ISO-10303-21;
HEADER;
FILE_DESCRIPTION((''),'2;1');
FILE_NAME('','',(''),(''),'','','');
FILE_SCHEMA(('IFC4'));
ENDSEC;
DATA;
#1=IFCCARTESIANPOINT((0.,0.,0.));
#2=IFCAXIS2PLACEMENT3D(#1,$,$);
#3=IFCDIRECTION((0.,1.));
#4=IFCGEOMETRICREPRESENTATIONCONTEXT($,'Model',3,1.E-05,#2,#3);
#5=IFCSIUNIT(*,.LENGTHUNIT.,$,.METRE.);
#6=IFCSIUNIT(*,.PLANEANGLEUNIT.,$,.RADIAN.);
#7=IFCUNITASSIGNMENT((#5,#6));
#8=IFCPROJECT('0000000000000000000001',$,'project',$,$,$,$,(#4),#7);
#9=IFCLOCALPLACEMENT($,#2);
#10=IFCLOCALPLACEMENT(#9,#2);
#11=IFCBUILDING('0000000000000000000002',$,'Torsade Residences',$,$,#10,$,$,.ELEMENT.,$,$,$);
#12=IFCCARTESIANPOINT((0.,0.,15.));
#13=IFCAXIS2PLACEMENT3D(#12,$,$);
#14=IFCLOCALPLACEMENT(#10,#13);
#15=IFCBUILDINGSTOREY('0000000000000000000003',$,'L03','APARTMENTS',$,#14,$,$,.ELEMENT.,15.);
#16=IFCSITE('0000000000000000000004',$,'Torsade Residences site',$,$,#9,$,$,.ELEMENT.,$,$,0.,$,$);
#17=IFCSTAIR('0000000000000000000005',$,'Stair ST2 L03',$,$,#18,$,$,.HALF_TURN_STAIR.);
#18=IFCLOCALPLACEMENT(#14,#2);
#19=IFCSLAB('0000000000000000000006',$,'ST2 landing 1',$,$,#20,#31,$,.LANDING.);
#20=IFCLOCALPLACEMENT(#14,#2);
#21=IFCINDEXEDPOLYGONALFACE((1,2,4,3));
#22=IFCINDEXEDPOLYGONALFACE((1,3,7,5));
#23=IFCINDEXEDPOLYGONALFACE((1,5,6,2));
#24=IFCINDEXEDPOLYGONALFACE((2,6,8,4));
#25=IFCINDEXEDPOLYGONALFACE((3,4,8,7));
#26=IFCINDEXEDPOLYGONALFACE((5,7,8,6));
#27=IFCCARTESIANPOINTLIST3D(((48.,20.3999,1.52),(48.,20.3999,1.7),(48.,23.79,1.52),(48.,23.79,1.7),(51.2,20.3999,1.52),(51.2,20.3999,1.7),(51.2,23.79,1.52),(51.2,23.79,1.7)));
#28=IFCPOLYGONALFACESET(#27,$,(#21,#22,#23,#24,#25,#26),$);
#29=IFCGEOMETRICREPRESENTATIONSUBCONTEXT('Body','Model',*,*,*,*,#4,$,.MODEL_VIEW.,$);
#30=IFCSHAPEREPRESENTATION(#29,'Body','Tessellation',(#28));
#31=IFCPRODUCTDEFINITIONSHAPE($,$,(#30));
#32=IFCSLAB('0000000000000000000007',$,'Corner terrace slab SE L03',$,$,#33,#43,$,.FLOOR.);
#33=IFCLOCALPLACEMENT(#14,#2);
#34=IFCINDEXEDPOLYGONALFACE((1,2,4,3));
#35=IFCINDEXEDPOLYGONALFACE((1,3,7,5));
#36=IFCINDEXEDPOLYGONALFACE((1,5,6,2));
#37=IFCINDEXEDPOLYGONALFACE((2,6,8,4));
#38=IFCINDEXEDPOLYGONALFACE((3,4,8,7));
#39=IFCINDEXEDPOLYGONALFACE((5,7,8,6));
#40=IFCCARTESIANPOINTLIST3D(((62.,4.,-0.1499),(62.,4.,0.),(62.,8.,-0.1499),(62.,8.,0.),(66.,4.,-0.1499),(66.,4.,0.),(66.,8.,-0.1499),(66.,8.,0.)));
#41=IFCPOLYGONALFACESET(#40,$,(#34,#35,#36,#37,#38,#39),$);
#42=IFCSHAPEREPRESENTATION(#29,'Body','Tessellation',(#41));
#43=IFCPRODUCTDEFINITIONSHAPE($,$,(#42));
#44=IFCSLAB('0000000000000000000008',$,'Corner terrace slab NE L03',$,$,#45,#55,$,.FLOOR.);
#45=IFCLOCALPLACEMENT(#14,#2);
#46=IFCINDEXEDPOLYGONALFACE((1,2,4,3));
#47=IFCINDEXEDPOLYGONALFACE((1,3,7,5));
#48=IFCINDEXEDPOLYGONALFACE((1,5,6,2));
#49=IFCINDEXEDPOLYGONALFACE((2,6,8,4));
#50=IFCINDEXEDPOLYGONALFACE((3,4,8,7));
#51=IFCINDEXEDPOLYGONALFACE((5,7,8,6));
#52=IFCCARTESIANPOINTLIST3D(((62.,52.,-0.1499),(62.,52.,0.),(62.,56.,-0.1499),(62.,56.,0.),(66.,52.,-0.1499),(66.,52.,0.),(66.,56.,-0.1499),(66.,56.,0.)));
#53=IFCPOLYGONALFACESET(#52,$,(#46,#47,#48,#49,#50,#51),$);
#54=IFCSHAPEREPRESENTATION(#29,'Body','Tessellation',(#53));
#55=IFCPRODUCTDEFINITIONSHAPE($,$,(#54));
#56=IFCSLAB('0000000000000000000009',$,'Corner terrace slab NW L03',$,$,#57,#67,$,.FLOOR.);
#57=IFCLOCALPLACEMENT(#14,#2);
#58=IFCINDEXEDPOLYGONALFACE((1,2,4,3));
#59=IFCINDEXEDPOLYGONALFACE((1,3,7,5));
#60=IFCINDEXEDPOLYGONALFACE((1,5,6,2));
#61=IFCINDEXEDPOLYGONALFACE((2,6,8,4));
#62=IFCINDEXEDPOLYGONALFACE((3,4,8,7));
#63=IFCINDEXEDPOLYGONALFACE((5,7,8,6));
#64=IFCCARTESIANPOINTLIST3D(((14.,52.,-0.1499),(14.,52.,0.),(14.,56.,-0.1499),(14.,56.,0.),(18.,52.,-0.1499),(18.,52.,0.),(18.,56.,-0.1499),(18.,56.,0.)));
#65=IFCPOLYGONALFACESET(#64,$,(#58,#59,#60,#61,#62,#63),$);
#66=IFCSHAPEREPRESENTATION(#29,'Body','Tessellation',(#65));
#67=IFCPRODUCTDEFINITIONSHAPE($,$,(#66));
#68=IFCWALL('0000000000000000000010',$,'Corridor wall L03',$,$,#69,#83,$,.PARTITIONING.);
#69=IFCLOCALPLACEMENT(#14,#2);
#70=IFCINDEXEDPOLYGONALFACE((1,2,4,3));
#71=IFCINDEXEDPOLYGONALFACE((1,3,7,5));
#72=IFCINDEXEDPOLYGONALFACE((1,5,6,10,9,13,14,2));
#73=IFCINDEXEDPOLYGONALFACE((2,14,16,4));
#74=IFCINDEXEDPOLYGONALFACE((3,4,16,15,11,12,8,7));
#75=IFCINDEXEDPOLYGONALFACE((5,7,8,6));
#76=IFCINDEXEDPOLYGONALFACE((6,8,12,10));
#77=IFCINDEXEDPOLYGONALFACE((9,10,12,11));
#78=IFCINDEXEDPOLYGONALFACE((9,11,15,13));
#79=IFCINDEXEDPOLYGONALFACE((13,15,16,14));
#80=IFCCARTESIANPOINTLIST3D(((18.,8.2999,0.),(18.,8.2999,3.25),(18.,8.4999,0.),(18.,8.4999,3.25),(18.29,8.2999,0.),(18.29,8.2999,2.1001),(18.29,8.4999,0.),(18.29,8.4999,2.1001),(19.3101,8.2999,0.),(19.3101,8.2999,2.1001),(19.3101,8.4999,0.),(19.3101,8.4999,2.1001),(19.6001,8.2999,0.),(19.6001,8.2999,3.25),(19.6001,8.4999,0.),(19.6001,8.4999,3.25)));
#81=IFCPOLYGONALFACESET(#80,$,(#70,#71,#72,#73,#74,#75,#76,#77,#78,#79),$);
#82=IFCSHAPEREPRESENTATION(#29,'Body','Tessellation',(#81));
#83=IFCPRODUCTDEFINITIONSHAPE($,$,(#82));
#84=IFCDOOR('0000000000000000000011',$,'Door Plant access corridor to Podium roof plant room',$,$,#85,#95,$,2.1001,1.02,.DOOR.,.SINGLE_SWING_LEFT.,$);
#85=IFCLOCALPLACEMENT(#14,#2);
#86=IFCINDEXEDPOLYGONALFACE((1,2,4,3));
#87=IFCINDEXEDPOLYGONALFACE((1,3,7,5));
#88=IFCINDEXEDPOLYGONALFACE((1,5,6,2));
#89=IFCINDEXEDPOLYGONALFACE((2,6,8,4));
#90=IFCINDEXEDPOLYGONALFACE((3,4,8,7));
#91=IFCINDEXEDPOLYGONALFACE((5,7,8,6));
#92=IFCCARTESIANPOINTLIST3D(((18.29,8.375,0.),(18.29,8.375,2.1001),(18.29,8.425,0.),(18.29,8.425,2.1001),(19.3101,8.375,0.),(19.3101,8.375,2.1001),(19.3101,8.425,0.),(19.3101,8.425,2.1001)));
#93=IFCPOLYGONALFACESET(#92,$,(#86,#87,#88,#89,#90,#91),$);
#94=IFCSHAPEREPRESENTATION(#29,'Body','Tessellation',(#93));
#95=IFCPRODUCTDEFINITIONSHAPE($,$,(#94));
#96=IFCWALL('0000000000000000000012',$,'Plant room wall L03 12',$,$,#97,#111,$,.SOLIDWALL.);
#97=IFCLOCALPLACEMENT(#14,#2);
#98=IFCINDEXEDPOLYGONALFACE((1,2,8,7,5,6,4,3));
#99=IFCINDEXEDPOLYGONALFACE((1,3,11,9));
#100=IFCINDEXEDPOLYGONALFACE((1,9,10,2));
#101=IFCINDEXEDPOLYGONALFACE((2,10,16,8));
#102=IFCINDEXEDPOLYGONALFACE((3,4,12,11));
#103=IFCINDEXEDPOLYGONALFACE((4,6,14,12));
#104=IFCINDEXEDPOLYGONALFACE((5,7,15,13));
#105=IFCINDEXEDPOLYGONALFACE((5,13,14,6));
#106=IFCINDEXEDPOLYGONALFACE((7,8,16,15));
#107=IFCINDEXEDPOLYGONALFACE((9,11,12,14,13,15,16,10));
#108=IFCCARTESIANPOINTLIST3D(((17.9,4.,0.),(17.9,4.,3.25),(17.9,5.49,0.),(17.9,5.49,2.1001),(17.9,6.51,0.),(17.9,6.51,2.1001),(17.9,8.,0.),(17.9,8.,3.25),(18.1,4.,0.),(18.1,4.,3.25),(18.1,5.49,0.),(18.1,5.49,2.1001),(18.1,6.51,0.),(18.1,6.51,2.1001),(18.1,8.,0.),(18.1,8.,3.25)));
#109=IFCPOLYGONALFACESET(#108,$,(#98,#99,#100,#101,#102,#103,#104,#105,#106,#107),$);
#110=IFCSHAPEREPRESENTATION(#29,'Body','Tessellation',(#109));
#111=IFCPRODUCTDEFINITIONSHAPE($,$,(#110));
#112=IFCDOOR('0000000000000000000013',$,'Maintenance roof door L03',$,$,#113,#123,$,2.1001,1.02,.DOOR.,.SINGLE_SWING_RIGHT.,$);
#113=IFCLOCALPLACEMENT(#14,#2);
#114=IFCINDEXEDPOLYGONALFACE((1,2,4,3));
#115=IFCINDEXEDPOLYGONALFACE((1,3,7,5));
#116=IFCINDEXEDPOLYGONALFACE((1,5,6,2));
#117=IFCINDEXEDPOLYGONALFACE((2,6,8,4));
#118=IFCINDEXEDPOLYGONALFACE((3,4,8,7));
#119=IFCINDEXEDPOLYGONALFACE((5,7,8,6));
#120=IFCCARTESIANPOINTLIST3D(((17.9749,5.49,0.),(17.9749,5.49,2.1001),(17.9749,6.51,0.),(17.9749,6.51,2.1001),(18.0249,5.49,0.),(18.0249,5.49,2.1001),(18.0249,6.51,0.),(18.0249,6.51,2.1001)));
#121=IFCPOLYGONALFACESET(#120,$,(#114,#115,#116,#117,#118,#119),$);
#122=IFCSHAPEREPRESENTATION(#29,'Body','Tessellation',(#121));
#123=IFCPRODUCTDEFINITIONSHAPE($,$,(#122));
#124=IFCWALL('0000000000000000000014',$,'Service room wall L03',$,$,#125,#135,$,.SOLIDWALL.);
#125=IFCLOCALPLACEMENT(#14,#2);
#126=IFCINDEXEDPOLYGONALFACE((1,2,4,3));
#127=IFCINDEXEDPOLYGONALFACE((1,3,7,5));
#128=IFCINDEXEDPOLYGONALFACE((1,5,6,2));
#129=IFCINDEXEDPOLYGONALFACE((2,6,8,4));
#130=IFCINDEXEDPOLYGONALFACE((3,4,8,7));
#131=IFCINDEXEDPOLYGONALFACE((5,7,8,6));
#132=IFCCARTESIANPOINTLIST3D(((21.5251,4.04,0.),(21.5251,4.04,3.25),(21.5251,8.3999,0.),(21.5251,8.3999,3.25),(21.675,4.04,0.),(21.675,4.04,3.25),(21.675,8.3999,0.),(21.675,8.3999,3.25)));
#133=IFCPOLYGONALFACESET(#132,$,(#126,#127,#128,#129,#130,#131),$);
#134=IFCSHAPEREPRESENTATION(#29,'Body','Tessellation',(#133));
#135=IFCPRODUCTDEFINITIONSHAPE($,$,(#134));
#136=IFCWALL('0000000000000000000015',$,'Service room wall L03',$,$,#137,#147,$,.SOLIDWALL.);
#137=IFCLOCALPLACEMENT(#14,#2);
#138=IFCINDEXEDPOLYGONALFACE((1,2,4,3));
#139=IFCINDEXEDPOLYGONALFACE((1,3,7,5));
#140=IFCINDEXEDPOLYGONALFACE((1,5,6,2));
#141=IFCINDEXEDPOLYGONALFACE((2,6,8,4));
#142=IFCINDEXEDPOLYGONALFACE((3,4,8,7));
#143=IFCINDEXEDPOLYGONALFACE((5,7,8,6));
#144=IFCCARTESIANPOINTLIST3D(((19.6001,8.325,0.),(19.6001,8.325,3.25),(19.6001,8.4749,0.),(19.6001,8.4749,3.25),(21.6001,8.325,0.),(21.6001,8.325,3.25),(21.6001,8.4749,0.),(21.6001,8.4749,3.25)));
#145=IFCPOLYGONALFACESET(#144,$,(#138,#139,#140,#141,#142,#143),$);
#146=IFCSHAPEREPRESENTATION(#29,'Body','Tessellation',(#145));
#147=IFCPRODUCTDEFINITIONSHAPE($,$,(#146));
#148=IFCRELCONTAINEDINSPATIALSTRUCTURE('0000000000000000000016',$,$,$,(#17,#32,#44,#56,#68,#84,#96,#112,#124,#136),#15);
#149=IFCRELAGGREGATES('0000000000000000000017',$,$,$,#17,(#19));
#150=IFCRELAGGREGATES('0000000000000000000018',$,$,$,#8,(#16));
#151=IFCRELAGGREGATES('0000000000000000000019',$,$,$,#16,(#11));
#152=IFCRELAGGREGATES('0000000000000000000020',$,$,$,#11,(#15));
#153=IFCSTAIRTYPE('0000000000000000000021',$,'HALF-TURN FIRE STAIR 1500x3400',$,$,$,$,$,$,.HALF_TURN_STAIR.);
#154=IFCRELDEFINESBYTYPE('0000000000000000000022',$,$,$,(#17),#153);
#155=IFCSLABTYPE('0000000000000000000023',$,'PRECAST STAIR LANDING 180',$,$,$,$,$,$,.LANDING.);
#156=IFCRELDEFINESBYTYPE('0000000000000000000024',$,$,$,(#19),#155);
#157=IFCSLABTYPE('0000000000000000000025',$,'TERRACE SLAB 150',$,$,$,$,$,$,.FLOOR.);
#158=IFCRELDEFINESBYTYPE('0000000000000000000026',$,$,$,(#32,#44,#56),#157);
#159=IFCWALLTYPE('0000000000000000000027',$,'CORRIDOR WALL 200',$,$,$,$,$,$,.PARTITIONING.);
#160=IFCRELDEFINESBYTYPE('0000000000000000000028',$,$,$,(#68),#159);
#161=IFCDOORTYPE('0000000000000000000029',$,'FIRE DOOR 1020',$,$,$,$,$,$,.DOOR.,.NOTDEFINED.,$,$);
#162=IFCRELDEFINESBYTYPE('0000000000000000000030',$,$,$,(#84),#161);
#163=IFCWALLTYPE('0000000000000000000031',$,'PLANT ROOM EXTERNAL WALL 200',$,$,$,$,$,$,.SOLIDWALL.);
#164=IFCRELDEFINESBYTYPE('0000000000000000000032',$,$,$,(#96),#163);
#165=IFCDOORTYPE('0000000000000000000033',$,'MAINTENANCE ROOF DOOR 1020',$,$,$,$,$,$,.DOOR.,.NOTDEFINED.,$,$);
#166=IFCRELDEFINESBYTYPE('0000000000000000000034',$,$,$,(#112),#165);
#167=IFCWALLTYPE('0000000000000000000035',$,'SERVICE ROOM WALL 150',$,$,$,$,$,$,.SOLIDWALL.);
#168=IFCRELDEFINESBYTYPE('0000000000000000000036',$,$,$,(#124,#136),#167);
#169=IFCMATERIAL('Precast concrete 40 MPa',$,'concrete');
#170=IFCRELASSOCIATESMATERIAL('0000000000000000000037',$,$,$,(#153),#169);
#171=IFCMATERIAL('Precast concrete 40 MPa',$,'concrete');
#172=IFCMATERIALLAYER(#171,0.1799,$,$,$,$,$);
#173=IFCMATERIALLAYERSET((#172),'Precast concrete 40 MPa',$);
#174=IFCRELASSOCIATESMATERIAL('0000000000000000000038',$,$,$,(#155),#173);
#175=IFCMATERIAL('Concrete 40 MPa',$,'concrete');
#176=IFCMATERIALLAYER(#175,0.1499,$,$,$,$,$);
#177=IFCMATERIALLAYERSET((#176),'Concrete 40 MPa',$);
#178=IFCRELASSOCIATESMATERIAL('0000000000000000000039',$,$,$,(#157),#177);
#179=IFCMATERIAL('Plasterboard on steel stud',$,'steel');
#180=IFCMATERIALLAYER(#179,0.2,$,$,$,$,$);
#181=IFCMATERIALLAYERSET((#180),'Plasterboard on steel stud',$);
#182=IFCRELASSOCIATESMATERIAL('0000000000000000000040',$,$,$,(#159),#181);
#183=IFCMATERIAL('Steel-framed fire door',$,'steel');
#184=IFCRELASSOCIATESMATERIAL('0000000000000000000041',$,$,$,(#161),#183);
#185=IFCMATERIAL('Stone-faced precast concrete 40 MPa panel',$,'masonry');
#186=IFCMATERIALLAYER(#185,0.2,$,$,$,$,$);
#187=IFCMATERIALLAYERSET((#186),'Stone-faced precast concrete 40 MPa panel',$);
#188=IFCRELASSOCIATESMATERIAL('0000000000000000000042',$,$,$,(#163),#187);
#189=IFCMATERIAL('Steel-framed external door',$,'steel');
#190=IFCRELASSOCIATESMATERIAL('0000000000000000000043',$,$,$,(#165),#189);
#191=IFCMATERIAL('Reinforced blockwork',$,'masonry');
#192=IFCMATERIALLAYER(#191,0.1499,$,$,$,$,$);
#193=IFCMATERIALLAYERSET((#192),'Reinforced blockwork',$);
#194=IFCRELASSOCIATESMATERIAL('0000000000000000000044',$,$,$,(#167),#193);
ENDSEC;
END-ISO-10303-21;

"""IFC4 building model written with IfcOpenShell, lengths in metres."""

from ifc_helpers import new_model, si_unit, direction, frame, frame_2d, origin, place, context, subcontext, project, spatial, polyline, rectangle, outline, extrude, material, layer, layer_set, type_object, element, fill, aggregate, save


model = new_model("IFC4")

# Units and contexts
model_context = context("Model", 3, precision=1e-05, world=origin(), true_north=direction((0.0, 1.0)))
body_context = subcontext(model_context, "Body", "Model", "MODEL_VIEW")
ifc_project = project(units=[si_unit("LENGTHUNIT", "METRE"), si_unit("PLANEANGLEUNIT", "RADIAN")], contexts=[model_context])

# Site, building, storey
site_placement = place(None, origin())
site = spatial("IfcSite", under=ifc_project, at=site_placement, Name="Torsade Residences site", CompositionType="ELEMENT", RefElevation=0.0)
building_placement = place(site_placement, origin())
building = spatial("IfcBuilding", under=site, at=building_placement, Name="Torsade Residences", CompositionType="ELEMENT")
storey_placement = place(building_placement, frame((0.0, 0.0, 15.0)))
storey = spatial("IfcBuildingStorey", under=building, at=storey_placement, Name="L03", Description="APARTMENTS", CompositionType="ELEMENT", Elevation=15.0)

# Stair, slab
ifc_material_1 = material(Name="Precast concrete 40 MPa", Category="concrete")
stair_type = type_object("IfcStairType", Name="HALF-TURN FIRE STAIR 1500x3400", PredefinedType="HALF_TURN_STAIR", material=ifc_material_1)
ifc_material_2 = material(Name="Precast concrete 40 MPa", Category="concrete")
ifc_layer_1 = layer(ifc_material_2, 0.1799)
ifc_layer_set_1 = layer_set([ifc_layer_1], Name="Precast concrete 40 MPa")
slab_type_1 = type_object("IfcSlabType", Name="PRECAST STAIR LANDING 180", PredefinedType="LANDING", material=ifc_layer_set_1)
stair_1_placement = place(storey_placement, origin())
stair_1 = element("IfcStair", 1, at=stair_1_placement, inside=storey, type_object=stair_type, Name="Stair ST2 L03", PredefinedType="HALF_TURN_STAIR")
slab_1_placement = place(storey_placement, frame((0.0, 0.0, 1.52)))
slab_1 = element("IfcSlab", 2, at=slab_1_placement, type_object=slab_type_1, Name="ST2 landing 1", PredefinedType="LANDING", context=body_context, shape_type="SweptSolid", body=[
    extrude(outline(polyline([(48.0, 20.3999), (51.2, 20.3999), (51.2, 23.79), (48.0, 23.79), (48.0, 20.3999)])), origin(), (0.0, 0.0, 1.0), 0.1799),
])
aggregate(stair_1, [slab_1])

# Slabs
ifc_material_3 = material(Name="Concrete 40 MPa", Category="concrete")
ifc_layer_2 = layer(ifc_material_3, 0.1499)
ifc_layer_set_2 = layer_set([ifc_layer_2], Name="Concrete 40 MPa")
slab_type_2 = type_object("IfcSlabType", Name="TERRACE SLAB 150", PredefinedType="FLOOR", material=ifc_layer_set_2)
slab_2_placement = place(storey_placement, frame((0.0, 0.0, -0.1499)))
element("IfcSlab", 3, at=slab_2_placement, inside=storey, type_object=slab_type_2, Name="Corner terrace slab SE L03", PredefinedType="FLOOR", context=body_context, shape_type="SweptSolid", body=[
    extrude(outline(polyline([(62.0, 4.0), (66.0, 4.0), (66.0, 8.0), (62.0, 8.0), (62.0, 4.0)])), origin(), (0.0, 0.0, 1.0), 0.1499),
])
slab_3_placement = place(storey_placement, frame((0.0, 0.0, -0.1499)))
element("IfcSlab", 4, at=slab_3_placement, inside=storey, type_object=slab_type_2, Name="Corner terrace slab NE L03", PredefinedType="FLOOR", context=body_context, shape_type="SweptSolid", body=[
    extrude(outline(polyline([(62.0, 52.0), (66.0, 52.0), (66.0, 56.0), (62.0, 56.0), (62.0, 52.0)])), origin(), (0.0, 0.0, 1.0), 0.1499),
])
slab_4_placement = place(storey_placement, frame((0.0, 0.0, -0.1499)))
element("IfcSlab", 5, at=slab_4_placement, inside=storey, type_object=slab_type_2, Name="Corner terrace slab NW L03", PredefinedType="FLOOR", context=body_context, shape_type="SweptSolid", body=[
    extrude(outline(polyline([(14.0, 52.0), (18.0, 52.0), (18.0, 56.0), (14.0, 56.0), (14.0, 52.0)])), origin(), (0.0, 0.0, 1.0), 0.1499),
])

# Walls, openings, doors
ifc_material_4 = material(Name="Plasterboard on steel stud", Category="steel")
ifc_layer_3 = layer(ifc_material_4, 0.2)
ifc_layer_set_3 = layer_set([ifc_layer_3], Name="Plasterboard on steel stud")
wall_type_1 = type_object("IfcWallType", Name="CORRIDOR WALL 200", PredefinedType="PARTITIONING", material=ifc_layer_set_3)
wall_1_placement = place(storey_placement, frame((19.6001, 8.3999, 0.0), z_axis=(0.0, 0.0, 1.0), x_axis=(-1.0, 0.0, 0.0)))
wall_1 = element("IfcWall", 6, at=wall_1_placement, inside=storey, type_object=wall_type_1, Name="Corridor wall L03", PredefinedType="PARTITIONING", context=body_context, shape_type="SweptSolid", body=[
    extrude(rectangle(XDim=1.6001, YDim=0.2, at=frame_2d((0.8, 0.0))), origin(), (0.0, 0.0, 1.0), 3.25),
])
opening_1_placement = place(wall_1_placement, frame((0.29, 0.0, 0.0)))
opening_1 = element("IfcOpeningElement", 7, at=opening_1_placement, cuts=wall_1, PredefinedType="OPENING", context=body_context, shape_type="SweptSolid", body=[
    extrude(rectangle(XDim=1.02, YDim=2.1001, at=frame_2d((0.51, 1.05))), frame((0.0, 0.1099, 0.0), z_axis=(0.0, -1.0, 0.0), x_axis=(1.0, 0.0, 0.0)), (0.0, 0.0, 1.0), 0.22),
])
ifc_material_5 = material(Name="Steel-framed fire door", Category="steel")
door_type_1 = type_object("IfcDoorType", Name="FIRE DOOR 1020", OperationType="NOTDEFINED", PredefinedType="DOOR", material=ifc_material_5)
door_1_placement = place(opening_1_placement, origin())
door_1 = element("IfcDoor", 8, at=door_1_placement, inside=storey, type_object=door_type_1, Name="Door Plant access corridor to Podium roof plant room", OperationType="SINGLE_SWING_LEFT", OverallHeight=2.1001, OverallWidth=1.02, PredefinedType="DOOR", context=body_context, shape_type="SweptSolid", body=[
    extrude(rectangle(XDim=1.02, YDim=2.1001, at=frame_2d((0.51, 1.05))), frame((0.0, 0.0249, 0.0), z_axis=(0.0, -1.0, 0.0), x_axis=(1.0, 0.0, 0.0)), (0.0, 0.0, 1.0), 0.05),
])
fill(opening_1, door_1)
ifc_material_6 = material(Name="Stone-faced precast concrete 40 MPa panel", Category="masonry")
ifc_layer_4 = layer(ifc_material_6, 0.2)
ifc_layer_set_4 = layer_set([ifc_layer_4], Name="Stone-faced precast concrete 40 MPa panel")
wall_type_2 = type_object("IfcWallType", Name="PLANT ROOM EXTERNAL WALL 200", PredefinedType="SOLIDWALL", material=ifc_layer_set_4)
wall_2_placement = place(storey_placement, frame((18.0, 8.0, 0.0), z_axis=(0.0, 0.0, 1.0), x_axis=(0.0, -1.0, 0.0)))
wall_2 = element("IfcWall", 9, at=wall_2_placement, inside=storey, type_object=wall_type_2, Name="Plant room wall L03 12", PredefinedType="SOLIDWALL", context=body_context, shape_type="SweptSolid", body=[
    extrude(rectangle(XDim=4.0, YDim=0.2, at=frame_2d((2.0, 0.0))), origin(), (0.0, 0.0, 1.0), 3.25),
])
opening_2_placement = place(wall_2_placement, frame((1.49, 0.0, 0.0)))
opening_2 = element("IfcOpeningElement", 10, at=opening_2_placement, cuts=wall_2, PredefinedType="OPENING", context=body_context, shape_type="SweptSolid", body=[
    extrude(rectangle(XDim=1.02, YDim=2.1001, at=frame_2d((0.51, 1.05))), frame((0.0, 0.1099, 0.0), z_axis=(0.0, -1.0, 0.0), x_axis=(1.0, 0.0, 0.0)), (0.0, 0.0, 1.0), 0.22),
])
ifc_material_7 = material(Name="Steel-framed external door", Category="steel")
door_type_2 = type_object("IfcDoorType", Name="MAINTENANCE ROOF DOOR 1020", OperationType="NOTDEFINED", PredefinedType="DOOR", material=ifc_material_7)
door_2_placement = place(opening_2_placement, origin())
door_2 = element("IfcDoor", 11, at=door_2_placement, inside=storey, type_object=door_type_2, Name="Maintenance roof door L03", OperationType="SINGLE_SWING_RIGHT", OverallHeight=2.1001, OverallWidth=1.02, PredefinedType="DOOR", context=body_context, shape_type="SweptSolid", body=[
    extrude(rectangle(XDim=1.02, YDim=2.1001, at=frame_2d((0.51, 1.05))), frame((0.0, 0.0249, 0.0), z_axis=(0.0, -1.0, 0.0), x_axis=(1.0, 0.0, 0.0)), (0.0, 0.0, 1.0), 0.05),
])
fill(opening_2, door_2)

# Walls
ifc_material_8 = material(Name="Reinforced blockwork", Category="masonry")
ifc_layer_5 = layer(ifc_material_8, 0.1499)
ifc_layer_set_5 = layer_set([ifc_layer_5], Name="Reinforced blockwork")
wall_type_3 = type_object("IfcWallType", Name="SERVICE ROOM WALL 150", PredefinedType="SOLIDWALL", material=ifc_layer_set_5)
wall_3_placement = place(storey_placement, frame((21.6001, 4.04, 0.0), z_axis=(0.0, 0.0, 1.0), x_axis=(0.0, 1.0, 0.0)))
element("IfcWall", 12, at=wall_3_placement, inside=storey, type_object=wall_type_3, Name="Service room wall L03", PredefinedType="SOLIDWALL", context=body_context, shape_type="SweptSolid", body=[
    extrude(rectangle(XDim=4.3599, YDim=0.1499, at=frame_2d((2.1799, 0.0))), origin(), (0.0, 0.0, 1.0), 3.25),
])
wall_4_placement = place(storey_placement, frame((21.6001, 8.3999, 0.0), z_axis=(0.0, 0.0, 1.0), x_axis=(-1.0, 0.0, 0.0)))
element("IfcWall", 13, at=wall_4_placement, inside=storey, type_object=wall_type_3, Name="Service room wall L03", PredefinedType="SOLIDWALL", context=body_context, shape_type="SweptSolid", body=[
    extrude(rectangle(XDim=2.0, YDim=0.1499, at=frame_2d((1.0, 0.0))), origin(), (0.0, 0.0, 1.0), 3.25),
])

save(model, "model.ifc")
